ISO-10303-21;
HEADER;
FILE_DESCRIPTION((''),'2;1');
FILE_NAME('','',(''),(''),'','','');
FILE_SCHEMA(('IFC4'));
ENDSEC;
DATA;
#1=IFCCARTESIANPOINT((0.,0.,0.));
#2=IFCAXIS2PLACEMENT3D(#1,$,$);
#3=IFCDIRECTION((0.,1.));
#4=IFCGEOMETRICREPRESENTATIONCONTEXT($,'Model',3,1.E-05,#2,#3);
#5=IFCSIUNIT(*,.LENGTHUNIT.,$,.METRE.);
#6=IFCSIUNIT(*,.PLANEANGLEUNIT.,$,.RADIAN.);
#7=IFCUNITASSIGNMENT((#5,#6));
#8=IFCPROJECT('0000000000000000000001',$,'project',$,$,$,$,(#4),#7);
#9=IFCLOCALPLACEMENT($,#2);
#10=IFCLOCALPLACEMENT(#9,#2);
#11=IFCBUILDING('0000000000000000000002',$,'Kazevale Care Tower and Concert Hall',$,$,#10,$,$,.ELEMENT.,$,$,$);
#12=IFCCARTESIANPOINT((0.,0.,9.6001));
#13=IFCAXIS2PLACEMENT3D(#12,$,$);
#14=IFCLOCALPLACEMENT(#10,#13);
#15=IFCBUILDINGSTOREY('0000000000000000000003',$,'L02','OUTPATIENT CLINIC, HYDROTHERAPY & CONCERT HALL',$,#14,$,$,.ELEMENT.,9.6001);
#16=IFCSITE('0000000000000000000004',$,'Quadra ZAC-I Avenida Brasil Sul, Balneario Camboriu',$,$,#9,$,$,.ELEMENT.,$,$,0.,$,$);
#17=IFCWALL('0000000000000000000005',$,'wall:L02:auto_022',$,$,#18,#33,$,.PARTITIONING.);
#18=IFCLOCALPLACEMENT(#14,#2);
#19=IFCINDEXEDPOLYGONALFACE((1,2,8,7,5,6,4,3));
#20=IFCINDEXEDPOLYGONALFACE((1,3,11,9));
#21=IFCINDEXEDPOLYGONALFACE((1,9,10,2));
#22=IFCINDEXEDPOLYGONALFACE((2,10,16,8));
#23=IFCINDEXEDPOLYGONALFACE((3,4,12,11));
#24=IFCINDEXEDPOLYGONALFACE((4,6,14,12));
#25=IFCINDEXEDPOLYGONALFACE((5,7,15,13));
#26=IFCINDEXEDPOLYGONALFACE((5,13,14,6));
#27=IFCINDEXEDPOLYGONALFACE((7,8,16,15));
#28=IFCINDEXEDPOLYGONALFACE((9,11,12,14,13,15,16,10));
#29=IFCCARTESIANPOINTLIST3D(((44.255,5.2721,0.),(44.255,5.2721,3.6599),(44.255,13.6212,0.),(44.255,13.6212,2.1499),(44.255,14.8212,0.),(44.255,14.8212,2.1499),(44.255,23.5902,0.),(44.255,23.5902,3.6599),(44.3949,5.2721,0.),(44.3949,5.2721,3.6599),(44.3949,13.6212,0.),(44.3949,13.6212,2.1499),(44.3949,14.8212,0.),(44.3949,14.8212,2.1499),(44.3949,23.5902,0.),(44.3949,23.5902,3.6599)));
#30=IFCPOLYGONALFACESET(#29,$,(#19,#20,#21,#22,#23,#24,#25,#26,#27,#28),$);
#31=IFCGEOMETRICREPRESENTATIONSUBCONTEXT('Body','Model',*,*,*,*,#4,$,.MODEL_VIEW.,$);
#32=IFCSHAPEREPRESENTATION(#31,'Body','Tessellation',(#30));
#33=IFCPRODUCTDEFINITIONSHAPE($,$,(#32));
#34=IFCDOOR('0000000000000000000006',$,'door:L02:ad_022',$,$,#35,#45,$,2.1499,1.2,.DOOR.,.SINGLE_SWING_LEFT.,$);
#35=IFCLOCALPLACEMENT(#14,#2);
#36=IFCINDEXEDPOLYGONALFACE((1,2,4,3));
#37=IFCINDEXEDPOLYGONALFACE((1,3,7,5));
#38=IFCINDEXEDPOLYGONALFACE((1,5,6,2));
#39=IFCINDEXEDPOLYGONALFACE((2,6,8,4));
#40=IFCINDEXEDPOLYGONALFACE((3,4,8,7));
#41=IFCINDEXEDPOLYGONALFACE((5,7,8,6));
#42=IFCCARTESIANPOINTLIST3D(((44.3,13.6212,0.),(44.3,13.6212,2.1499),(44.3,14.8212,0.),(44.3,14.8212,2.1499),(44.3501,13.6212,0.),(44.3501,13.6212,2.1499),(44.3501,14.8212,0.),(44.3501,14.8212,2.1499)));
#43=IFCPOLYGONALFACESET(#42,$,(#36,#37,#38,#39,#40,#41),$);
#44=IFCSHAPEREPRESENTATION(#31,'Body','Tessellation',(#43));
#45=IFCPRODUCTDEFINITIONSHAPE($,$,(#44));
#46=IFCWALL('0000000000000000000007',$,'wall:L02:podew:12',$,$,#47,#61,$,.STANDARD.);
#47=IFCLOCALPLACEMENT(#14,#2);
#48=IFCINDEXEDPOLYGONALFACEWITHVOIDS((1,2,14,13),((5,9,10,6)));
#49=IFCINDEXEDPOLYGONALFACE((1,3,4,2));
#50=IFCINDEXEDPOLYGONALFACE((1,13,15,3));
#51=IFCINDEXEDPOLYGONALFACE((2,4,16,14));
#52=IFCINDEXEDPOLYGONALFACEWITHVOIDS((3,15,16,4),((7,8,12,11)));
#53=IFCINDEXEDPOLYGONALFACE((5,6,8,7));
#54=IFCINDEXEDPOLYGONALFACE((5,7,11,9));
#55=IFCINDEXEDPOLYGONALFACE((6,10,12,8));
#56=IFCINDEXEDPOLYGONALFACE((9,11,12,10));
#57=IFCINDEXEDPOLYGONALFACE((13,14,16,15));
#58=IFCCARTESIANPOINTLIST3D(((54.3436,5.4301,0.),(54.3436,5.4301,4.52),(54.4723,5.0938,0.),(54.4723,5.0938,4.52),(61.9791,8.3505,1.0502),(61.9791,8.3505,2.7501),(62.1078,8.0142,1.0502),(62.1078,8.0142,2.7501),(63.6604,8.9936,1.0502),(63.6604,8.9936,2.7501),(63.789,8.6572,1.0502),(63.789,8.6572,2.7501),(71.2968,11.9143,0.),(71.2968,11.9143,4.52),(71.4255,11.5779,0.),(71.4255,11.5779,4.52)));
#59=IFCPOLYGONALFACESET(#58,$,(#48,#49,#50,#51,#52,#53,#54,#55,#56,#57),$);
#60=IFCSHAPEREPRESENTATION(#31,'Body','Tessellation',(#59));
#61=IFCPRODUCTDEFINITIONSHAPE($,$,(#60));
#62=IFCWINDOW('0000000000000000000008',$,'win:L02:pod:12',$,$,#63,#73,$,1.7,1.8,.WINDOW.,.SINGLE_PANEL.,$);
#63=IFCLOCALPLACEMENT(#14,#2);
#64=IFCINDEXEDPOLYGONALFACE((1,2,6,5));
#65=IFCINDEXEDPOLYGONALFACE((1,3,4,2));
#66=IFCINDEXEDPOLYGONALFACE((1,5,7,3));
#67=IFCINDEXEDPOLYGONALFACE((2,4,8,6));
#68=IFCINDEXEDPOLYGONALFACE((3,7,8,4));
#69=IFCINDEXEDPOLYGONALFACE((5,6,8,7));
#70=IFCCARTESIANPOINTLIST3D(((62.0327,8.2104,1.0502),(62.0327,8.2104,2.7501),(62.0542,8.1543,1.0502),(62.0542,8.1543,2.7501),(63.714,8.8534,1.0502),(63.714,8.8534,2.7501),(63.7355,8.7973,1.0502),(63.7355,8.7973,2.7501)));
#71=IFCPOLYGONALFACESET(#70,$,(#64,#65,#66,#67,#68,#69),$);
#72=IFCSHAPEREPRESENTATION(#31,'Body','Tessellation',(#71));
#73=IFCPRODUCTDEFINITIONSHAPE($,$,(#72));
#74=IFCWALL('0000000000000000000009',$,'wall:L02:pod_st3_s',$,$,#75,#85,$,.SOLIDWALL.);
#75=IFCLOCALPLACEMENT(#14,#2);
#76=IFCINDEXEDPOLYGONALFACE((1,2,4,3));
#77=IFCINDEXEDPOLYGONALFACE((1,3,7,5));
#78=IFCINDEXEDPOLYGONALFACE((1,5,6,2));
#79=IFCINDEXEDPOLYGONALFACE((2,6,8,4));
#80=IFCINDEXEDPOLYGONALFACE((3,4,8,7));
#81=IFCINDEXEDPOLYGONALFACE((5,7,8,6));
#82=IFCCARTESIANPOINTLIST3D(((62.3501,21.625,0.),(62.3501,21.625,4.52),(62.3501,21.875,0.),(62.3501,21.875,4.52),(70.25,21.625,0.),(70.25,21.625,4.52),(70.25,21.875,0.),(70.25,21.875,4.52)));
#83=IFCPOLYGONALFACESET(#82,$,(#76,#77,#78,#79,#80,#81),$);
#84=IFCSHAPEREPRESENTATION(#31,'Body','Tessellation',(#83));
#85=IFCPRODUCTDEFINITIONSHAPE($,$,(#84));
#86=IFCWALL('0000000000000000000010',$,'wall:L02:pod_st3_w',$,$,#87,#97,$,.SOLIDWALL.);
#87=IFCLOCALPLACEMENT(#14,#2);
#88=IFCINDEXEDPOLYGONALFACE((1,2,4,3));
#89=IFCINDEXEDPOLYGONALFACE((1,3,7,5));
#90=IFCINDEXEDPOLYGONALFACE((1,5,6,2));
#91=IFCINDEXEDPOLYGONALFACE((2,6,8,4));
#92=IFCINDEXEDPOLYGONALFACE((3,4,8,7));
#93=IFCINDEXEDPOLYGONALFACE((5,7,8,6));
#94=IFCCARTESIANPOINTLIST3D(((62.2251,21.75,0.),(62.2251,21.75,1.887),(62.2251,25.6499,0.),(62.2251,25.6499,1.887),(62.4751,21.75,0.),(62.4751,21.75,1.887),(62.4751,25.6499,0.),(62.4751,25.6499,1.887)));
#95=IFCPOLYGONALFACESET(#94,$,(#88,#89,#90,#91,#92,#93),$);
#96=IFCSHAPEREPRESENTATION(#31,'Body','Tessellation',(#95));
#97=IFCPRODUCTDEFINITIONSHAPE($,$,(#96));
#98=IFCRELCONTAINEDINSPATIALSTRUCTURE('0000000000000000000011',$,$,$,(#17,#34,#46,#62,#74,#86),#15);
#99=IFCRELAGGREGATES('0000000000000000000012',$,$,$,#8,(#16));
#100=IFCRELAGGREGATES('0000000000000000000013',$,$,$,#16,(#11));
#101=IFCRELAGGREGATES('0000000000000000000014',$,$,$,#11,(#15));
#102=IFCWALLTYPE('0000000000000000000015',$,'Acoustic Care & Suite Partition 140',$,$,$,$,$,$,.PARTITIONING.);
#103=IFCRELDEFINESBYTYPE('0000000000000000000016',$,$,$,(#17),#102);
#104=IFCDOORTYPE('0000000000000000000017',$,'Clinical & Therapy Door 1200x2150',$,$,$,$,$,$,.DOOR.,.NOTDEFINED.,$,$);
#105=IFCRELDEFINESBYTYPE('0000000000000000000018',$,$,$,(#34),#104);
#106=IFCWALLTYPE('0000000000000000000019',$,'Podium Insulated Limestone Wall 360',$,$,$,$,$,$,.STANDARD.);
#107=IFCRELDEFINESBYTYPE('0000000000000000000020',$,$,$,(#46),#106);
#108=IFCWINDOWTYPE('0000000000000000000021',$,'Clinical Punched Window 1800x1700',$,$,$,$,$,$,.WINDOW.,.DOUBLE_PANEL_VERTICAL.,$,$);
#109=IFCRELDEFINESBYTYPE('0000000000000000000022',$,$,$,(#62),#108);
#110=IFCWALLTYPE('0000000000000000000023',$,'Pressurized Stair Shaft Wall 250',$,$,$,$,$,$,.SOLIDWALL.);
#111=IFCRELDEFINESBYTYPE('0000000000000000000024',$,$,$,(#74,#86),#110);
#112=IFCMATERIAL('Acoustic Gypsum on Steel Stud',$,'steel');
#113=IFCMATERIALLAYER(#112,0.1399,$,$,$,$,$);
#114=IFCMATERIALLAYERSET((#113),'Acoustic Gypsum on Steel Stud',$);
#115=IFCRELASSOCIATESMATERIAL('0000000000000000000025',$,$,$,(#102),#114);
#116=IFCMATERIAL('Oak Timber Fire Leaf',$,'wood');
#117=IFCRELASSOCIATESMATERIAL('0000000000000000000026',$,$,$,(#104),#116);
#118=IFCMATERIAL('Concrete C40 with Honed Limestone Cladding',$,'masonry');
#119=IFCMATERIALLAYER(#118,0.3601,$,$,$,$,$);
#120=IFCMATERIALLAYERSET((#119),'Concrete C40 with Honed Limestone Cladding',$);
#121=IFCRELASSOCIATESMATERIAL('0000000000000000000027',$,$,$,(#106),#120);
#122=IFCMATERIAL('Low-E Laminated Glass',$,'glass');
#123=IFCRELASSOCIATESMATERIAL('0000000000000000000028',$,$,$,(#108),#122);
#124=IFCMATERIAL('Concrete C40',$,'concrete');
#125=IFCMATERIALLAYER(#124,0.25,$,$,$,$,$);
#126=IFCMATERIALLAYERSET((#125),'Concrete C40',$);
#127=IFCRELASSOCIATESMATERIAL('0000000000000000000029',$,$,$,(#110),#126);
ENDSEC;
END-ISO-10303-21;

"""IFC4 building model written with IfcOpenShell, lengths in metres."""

from ifc_helpers import new_model, si_unit, direction, frame, frame_2d, origin, place, context, subcontext, project, spatial, rectangle, extrude, material, layer, layer_set, type_object, element, fill, save


model = new_model("IFC4")

# Units and contexts
model_context = context("Model", 3, precision=1e-05, world=origin(), true_north=direction((0.0, 1.0)))
body_context = subcontext(model_context, "Body", "Model", "MODEL_VIEW")
ifc_project = project(units=[si_unit("LENGTHUNIT", "METRE"), si_unit("PLANEANGLEUNIT", "RADIAN")], contexts=[model_context])

# Site, building, storey
site_placement = place(None, origin())
site = spatial("IfcSite", under=ifc_project, at=site_placement, Name="Quadra ZAC-I Avenida Brasil Sul, Balneario Camboriu", CompositionType="ELEMENT", RefElevation=0.0)
building_placement = place(site_placement, origin())
building = spatial("IfcBuilding", under=site, at=building_placement, Name="Kazevale Care Tower and Concert Hall", CompositionType="ELEMENT")
storey_placement = place(building_placement, frame((0.0, 0.0, 9.6001)))
storey = spatial("IfcBuildingStorey", under=building, at=storey_placement, Name="L02", Description="OUTPATIENT CLINIC, HYDROTHERAPY & CONCERT HALL", CompositionType="ELEMENT", Elevation=9.6001)

# Wall, opening, door
ifc_material_1 = material(Name="Acoustic Gypsum on Steel Stud", Category="steel")
ifc_layer_1 = layer(ifc_material_1, 0.1399)
ifc_layer_set_1 = layer_set([ifc_layer_1], Name="Acoustic Gypsum on Steel Stud")
wall_type_1 = type_object("IfcWallType", Name="Acoustic Care & Suite Partition 140", PredefinedType="PARTITIONING", material=ifc_layer_set_1)
wall_1_placement = place(storey_placement, frame((44.325, 5.272, 0.0), z_axis=(0.0, 0.0, 1.0), x_axis=(0.0, 1.0, 0.0)))
wall_1 = element("IfcWall", 1, at=wall_1_placement, inside=storey, type_object=wall_type_1, Name="wall:L02:auto_022", PredefinedType="PARTITIONING", context=body_context, shape_type="SweptSolid", body=[
    extrude(rectangle(XDim=18.3181, YDim=0.1399, at=frame_2d((9.1592, 0.0))), origin(), (0.0, 0.0, 1.0), 3.6599),
])
opening_1_placement = place(wall_1_placement, frame((8.3491, 0.0, 0.0)))
opening_1 = element("IfcOpeningElement", 2, at=opening_1_placement, cuts=wall_1, PredefinedType="OPENING", context=body_context, shape_type="SweptSolid", body=[
    extrude(rectangle(XDim=1.2, YDim=2.1499, at=frame_2d((0.6001, 1.075))), frame((0.0, 0.0798, 0.0), z_axis=(0.0, -1.0, 0.0), x_axis=(1.0, 0.0, 0.0)), (0.0, 0.0, 1.0), 0.1599),
])
ifc_material_2 = material(Name="Oak Timber Fire Leaf", Category="wood")
door_type = type_object("IfcDoorType", Name="Clinical & Therapy Door 1200x2150", OperationType="NOTDEFINED", PredefinedType="DOOR", material=ifc_material_2)
door_placement = place(opening_1_placement, origin())
door = element("IfcDoor", 3, at=door_placement, inside=storey, type_object=door_type, Name="door:L02:ad_022", OperationType="SINGLE_SWING_LEFT", OverallHeight=2.1499, OverallWidth=1.2, PredefinedType="DOOR", context=body_context, shape_type="SweptSolid", body=[
    extrude(rectangle(XDim=1.2, YDim=2.1499, at=frame_2d((0.6001, 1.075))), frame((0.0, 0.0249, 0.0), z_axis=(0.0, -1.0, 0.0), x_axis=(1.0, 0.0, 0.0)), (0.0, 0.0, 1.0), 0.05),
])
fill(opening_1, door)

# Wall, opening, window
ifc_material_3 = material(Name="Concrete C40 with Honed Limestone Cladding", Category="masonry")
ifc_layer_2 = layer(ifc_material_3, 0.3601)
ifc_layer_set_2 = layer_set([ifc_layer_2], Name="Concrete C40 with Honed Limestone Cladding")
wall_type_2 = type_object("IfcWallType", Name="Podium Insulated Limestone Wall 360", PredefinedType="STANDARD", material=ifc_layer_set_2)
wall_2_placement = place(storey_placement, frame((54.408, 5.262, 0.0), z_axis=(0.0, 0.0, 1.0), x_axis=(0.934014, 0.357236, 0.0)))
wall_2 = element("IfcWall", 4, at=wall_2_placement, inside=storey, type_object=wall_type_2, Name="wall:L02:podew:12", PredefinedType="STANDARD", context=body_context, shape_type="SweptSolid", body=[
    extrude(rectangle(XDim=18.1509, YDim=0.3601, at=frame_2d((9.0754, 0.0))), origin(), (0.0, 0.0, 1.0), 4.52),
])
opening_2_placement = place(wall_2_placement, frame((8.175, 0.0, 1.05)))
opening_2 = element("IfcOpeningElement", 5, at=opening_2_placement, cuts=wall_2, PredefinedType="OPENING", context=body_context, shape_type="SweptSolid", body=[
    extrude(rectangle(XDim=1.8, YDim=1.7, at=frame_2d((0.8999, 0.8501))), frame((0.0, 0.1899, 0.0), z_axis=(0.0, -1.0, 0.0), x_axis=(1.0, 0.0, 0.0)), (0.0, 0.0, 1.0), 0.3801),
])
ifc_material_4 = material(Name="Low-E Laminated Glass", Category="glass")
window_type = type_object("IfcWindowType", Name="Clinical Punched Window 1800x1700", PartitioningType="DOUBLE_PANEL_VERTICAL", PredefinedType="WINDOW", material=ifc_material_4)
window_placement = place(opening_2_placement, origin())
window = element("IfcWindow", 6, at=window_placement, inside=storey, type_object=window_type, Name="win:L02:pod:12", OverallHeight=1.7, OverallWidth=1.8, PartitioningType="SINGLE_PANEL", PredefinedType="WINDOW", context=body_context, shape_type="SweptSolid", body=[
    extrude(rectangle(XDim=1.8, YDim=1.7, at=frame_2d((0.8999, 0.8501))), frame((0.0, 0.03, 0.0), z_axis=(0.0, -1.0, 0.0), x_axis=(1.0, 0.0, 0.0)), (0.0, 0.0, 1.0), 0.0601),
])
fill(opening_2, window)

# Walls
ifc_material_5 = material(Name="Concrete C40", Category="concrete")
ifc_layer_3 = layer(ifc_material_5, 0.25)
ifc_layer_set_3 = layer_set([ifc_layer_3], Name="Concrete C40")
wall_type_3 = type_object("IfcWallType", Name="Pressurized Stair Shaft Wall 250", PredefinedType="SOLIDWALL", material=ifc_layer_set_3)
wall_3_placement = place(storey_placement, frame((62.3501, 21.75, 0.0), z_axis=(0.0, 0.0, 1.0), x_axis=(1.0, 0.0, 0.0)))
element("IfcWall", 7, at=wall_3_placement, inside=storey, type_object=wall_type_3, Name="wall:L02:pod_st3_s", PredefinedType="SOLIDWALL", context=body_context, shape_type="SweptSolid", body=[
    extrude(rectangle(XDim=7.8999, YDim=0.25, at=frame_2d((3.95, 0.0))), origin(), (0.0, 0.0, 1.0), 4.52),
])
wall_4_placement = place(storey_placement, frame((62.3501, 21.75, 0.0), z_axis=(0.0, 0.0, 1.0), x_axis=(0.0, 1.0, 0.0)))
element("IfcWall", 8, at=wall_4_placement, inside=storey, type_object=wall_type_3, Name="wall:L02:pod_st3_w", PredefinedType="SOLIDWALL", context=body_context, shape_type="SweptSolid", body=[
    extrude(rectangle(XDim=3.8999, YDim=0.25, at=frame_2d((1.95, 0.0))), origin(), (0.0, 0.0, 1.0), 1.887),
])

save(model, "model.ifc")
